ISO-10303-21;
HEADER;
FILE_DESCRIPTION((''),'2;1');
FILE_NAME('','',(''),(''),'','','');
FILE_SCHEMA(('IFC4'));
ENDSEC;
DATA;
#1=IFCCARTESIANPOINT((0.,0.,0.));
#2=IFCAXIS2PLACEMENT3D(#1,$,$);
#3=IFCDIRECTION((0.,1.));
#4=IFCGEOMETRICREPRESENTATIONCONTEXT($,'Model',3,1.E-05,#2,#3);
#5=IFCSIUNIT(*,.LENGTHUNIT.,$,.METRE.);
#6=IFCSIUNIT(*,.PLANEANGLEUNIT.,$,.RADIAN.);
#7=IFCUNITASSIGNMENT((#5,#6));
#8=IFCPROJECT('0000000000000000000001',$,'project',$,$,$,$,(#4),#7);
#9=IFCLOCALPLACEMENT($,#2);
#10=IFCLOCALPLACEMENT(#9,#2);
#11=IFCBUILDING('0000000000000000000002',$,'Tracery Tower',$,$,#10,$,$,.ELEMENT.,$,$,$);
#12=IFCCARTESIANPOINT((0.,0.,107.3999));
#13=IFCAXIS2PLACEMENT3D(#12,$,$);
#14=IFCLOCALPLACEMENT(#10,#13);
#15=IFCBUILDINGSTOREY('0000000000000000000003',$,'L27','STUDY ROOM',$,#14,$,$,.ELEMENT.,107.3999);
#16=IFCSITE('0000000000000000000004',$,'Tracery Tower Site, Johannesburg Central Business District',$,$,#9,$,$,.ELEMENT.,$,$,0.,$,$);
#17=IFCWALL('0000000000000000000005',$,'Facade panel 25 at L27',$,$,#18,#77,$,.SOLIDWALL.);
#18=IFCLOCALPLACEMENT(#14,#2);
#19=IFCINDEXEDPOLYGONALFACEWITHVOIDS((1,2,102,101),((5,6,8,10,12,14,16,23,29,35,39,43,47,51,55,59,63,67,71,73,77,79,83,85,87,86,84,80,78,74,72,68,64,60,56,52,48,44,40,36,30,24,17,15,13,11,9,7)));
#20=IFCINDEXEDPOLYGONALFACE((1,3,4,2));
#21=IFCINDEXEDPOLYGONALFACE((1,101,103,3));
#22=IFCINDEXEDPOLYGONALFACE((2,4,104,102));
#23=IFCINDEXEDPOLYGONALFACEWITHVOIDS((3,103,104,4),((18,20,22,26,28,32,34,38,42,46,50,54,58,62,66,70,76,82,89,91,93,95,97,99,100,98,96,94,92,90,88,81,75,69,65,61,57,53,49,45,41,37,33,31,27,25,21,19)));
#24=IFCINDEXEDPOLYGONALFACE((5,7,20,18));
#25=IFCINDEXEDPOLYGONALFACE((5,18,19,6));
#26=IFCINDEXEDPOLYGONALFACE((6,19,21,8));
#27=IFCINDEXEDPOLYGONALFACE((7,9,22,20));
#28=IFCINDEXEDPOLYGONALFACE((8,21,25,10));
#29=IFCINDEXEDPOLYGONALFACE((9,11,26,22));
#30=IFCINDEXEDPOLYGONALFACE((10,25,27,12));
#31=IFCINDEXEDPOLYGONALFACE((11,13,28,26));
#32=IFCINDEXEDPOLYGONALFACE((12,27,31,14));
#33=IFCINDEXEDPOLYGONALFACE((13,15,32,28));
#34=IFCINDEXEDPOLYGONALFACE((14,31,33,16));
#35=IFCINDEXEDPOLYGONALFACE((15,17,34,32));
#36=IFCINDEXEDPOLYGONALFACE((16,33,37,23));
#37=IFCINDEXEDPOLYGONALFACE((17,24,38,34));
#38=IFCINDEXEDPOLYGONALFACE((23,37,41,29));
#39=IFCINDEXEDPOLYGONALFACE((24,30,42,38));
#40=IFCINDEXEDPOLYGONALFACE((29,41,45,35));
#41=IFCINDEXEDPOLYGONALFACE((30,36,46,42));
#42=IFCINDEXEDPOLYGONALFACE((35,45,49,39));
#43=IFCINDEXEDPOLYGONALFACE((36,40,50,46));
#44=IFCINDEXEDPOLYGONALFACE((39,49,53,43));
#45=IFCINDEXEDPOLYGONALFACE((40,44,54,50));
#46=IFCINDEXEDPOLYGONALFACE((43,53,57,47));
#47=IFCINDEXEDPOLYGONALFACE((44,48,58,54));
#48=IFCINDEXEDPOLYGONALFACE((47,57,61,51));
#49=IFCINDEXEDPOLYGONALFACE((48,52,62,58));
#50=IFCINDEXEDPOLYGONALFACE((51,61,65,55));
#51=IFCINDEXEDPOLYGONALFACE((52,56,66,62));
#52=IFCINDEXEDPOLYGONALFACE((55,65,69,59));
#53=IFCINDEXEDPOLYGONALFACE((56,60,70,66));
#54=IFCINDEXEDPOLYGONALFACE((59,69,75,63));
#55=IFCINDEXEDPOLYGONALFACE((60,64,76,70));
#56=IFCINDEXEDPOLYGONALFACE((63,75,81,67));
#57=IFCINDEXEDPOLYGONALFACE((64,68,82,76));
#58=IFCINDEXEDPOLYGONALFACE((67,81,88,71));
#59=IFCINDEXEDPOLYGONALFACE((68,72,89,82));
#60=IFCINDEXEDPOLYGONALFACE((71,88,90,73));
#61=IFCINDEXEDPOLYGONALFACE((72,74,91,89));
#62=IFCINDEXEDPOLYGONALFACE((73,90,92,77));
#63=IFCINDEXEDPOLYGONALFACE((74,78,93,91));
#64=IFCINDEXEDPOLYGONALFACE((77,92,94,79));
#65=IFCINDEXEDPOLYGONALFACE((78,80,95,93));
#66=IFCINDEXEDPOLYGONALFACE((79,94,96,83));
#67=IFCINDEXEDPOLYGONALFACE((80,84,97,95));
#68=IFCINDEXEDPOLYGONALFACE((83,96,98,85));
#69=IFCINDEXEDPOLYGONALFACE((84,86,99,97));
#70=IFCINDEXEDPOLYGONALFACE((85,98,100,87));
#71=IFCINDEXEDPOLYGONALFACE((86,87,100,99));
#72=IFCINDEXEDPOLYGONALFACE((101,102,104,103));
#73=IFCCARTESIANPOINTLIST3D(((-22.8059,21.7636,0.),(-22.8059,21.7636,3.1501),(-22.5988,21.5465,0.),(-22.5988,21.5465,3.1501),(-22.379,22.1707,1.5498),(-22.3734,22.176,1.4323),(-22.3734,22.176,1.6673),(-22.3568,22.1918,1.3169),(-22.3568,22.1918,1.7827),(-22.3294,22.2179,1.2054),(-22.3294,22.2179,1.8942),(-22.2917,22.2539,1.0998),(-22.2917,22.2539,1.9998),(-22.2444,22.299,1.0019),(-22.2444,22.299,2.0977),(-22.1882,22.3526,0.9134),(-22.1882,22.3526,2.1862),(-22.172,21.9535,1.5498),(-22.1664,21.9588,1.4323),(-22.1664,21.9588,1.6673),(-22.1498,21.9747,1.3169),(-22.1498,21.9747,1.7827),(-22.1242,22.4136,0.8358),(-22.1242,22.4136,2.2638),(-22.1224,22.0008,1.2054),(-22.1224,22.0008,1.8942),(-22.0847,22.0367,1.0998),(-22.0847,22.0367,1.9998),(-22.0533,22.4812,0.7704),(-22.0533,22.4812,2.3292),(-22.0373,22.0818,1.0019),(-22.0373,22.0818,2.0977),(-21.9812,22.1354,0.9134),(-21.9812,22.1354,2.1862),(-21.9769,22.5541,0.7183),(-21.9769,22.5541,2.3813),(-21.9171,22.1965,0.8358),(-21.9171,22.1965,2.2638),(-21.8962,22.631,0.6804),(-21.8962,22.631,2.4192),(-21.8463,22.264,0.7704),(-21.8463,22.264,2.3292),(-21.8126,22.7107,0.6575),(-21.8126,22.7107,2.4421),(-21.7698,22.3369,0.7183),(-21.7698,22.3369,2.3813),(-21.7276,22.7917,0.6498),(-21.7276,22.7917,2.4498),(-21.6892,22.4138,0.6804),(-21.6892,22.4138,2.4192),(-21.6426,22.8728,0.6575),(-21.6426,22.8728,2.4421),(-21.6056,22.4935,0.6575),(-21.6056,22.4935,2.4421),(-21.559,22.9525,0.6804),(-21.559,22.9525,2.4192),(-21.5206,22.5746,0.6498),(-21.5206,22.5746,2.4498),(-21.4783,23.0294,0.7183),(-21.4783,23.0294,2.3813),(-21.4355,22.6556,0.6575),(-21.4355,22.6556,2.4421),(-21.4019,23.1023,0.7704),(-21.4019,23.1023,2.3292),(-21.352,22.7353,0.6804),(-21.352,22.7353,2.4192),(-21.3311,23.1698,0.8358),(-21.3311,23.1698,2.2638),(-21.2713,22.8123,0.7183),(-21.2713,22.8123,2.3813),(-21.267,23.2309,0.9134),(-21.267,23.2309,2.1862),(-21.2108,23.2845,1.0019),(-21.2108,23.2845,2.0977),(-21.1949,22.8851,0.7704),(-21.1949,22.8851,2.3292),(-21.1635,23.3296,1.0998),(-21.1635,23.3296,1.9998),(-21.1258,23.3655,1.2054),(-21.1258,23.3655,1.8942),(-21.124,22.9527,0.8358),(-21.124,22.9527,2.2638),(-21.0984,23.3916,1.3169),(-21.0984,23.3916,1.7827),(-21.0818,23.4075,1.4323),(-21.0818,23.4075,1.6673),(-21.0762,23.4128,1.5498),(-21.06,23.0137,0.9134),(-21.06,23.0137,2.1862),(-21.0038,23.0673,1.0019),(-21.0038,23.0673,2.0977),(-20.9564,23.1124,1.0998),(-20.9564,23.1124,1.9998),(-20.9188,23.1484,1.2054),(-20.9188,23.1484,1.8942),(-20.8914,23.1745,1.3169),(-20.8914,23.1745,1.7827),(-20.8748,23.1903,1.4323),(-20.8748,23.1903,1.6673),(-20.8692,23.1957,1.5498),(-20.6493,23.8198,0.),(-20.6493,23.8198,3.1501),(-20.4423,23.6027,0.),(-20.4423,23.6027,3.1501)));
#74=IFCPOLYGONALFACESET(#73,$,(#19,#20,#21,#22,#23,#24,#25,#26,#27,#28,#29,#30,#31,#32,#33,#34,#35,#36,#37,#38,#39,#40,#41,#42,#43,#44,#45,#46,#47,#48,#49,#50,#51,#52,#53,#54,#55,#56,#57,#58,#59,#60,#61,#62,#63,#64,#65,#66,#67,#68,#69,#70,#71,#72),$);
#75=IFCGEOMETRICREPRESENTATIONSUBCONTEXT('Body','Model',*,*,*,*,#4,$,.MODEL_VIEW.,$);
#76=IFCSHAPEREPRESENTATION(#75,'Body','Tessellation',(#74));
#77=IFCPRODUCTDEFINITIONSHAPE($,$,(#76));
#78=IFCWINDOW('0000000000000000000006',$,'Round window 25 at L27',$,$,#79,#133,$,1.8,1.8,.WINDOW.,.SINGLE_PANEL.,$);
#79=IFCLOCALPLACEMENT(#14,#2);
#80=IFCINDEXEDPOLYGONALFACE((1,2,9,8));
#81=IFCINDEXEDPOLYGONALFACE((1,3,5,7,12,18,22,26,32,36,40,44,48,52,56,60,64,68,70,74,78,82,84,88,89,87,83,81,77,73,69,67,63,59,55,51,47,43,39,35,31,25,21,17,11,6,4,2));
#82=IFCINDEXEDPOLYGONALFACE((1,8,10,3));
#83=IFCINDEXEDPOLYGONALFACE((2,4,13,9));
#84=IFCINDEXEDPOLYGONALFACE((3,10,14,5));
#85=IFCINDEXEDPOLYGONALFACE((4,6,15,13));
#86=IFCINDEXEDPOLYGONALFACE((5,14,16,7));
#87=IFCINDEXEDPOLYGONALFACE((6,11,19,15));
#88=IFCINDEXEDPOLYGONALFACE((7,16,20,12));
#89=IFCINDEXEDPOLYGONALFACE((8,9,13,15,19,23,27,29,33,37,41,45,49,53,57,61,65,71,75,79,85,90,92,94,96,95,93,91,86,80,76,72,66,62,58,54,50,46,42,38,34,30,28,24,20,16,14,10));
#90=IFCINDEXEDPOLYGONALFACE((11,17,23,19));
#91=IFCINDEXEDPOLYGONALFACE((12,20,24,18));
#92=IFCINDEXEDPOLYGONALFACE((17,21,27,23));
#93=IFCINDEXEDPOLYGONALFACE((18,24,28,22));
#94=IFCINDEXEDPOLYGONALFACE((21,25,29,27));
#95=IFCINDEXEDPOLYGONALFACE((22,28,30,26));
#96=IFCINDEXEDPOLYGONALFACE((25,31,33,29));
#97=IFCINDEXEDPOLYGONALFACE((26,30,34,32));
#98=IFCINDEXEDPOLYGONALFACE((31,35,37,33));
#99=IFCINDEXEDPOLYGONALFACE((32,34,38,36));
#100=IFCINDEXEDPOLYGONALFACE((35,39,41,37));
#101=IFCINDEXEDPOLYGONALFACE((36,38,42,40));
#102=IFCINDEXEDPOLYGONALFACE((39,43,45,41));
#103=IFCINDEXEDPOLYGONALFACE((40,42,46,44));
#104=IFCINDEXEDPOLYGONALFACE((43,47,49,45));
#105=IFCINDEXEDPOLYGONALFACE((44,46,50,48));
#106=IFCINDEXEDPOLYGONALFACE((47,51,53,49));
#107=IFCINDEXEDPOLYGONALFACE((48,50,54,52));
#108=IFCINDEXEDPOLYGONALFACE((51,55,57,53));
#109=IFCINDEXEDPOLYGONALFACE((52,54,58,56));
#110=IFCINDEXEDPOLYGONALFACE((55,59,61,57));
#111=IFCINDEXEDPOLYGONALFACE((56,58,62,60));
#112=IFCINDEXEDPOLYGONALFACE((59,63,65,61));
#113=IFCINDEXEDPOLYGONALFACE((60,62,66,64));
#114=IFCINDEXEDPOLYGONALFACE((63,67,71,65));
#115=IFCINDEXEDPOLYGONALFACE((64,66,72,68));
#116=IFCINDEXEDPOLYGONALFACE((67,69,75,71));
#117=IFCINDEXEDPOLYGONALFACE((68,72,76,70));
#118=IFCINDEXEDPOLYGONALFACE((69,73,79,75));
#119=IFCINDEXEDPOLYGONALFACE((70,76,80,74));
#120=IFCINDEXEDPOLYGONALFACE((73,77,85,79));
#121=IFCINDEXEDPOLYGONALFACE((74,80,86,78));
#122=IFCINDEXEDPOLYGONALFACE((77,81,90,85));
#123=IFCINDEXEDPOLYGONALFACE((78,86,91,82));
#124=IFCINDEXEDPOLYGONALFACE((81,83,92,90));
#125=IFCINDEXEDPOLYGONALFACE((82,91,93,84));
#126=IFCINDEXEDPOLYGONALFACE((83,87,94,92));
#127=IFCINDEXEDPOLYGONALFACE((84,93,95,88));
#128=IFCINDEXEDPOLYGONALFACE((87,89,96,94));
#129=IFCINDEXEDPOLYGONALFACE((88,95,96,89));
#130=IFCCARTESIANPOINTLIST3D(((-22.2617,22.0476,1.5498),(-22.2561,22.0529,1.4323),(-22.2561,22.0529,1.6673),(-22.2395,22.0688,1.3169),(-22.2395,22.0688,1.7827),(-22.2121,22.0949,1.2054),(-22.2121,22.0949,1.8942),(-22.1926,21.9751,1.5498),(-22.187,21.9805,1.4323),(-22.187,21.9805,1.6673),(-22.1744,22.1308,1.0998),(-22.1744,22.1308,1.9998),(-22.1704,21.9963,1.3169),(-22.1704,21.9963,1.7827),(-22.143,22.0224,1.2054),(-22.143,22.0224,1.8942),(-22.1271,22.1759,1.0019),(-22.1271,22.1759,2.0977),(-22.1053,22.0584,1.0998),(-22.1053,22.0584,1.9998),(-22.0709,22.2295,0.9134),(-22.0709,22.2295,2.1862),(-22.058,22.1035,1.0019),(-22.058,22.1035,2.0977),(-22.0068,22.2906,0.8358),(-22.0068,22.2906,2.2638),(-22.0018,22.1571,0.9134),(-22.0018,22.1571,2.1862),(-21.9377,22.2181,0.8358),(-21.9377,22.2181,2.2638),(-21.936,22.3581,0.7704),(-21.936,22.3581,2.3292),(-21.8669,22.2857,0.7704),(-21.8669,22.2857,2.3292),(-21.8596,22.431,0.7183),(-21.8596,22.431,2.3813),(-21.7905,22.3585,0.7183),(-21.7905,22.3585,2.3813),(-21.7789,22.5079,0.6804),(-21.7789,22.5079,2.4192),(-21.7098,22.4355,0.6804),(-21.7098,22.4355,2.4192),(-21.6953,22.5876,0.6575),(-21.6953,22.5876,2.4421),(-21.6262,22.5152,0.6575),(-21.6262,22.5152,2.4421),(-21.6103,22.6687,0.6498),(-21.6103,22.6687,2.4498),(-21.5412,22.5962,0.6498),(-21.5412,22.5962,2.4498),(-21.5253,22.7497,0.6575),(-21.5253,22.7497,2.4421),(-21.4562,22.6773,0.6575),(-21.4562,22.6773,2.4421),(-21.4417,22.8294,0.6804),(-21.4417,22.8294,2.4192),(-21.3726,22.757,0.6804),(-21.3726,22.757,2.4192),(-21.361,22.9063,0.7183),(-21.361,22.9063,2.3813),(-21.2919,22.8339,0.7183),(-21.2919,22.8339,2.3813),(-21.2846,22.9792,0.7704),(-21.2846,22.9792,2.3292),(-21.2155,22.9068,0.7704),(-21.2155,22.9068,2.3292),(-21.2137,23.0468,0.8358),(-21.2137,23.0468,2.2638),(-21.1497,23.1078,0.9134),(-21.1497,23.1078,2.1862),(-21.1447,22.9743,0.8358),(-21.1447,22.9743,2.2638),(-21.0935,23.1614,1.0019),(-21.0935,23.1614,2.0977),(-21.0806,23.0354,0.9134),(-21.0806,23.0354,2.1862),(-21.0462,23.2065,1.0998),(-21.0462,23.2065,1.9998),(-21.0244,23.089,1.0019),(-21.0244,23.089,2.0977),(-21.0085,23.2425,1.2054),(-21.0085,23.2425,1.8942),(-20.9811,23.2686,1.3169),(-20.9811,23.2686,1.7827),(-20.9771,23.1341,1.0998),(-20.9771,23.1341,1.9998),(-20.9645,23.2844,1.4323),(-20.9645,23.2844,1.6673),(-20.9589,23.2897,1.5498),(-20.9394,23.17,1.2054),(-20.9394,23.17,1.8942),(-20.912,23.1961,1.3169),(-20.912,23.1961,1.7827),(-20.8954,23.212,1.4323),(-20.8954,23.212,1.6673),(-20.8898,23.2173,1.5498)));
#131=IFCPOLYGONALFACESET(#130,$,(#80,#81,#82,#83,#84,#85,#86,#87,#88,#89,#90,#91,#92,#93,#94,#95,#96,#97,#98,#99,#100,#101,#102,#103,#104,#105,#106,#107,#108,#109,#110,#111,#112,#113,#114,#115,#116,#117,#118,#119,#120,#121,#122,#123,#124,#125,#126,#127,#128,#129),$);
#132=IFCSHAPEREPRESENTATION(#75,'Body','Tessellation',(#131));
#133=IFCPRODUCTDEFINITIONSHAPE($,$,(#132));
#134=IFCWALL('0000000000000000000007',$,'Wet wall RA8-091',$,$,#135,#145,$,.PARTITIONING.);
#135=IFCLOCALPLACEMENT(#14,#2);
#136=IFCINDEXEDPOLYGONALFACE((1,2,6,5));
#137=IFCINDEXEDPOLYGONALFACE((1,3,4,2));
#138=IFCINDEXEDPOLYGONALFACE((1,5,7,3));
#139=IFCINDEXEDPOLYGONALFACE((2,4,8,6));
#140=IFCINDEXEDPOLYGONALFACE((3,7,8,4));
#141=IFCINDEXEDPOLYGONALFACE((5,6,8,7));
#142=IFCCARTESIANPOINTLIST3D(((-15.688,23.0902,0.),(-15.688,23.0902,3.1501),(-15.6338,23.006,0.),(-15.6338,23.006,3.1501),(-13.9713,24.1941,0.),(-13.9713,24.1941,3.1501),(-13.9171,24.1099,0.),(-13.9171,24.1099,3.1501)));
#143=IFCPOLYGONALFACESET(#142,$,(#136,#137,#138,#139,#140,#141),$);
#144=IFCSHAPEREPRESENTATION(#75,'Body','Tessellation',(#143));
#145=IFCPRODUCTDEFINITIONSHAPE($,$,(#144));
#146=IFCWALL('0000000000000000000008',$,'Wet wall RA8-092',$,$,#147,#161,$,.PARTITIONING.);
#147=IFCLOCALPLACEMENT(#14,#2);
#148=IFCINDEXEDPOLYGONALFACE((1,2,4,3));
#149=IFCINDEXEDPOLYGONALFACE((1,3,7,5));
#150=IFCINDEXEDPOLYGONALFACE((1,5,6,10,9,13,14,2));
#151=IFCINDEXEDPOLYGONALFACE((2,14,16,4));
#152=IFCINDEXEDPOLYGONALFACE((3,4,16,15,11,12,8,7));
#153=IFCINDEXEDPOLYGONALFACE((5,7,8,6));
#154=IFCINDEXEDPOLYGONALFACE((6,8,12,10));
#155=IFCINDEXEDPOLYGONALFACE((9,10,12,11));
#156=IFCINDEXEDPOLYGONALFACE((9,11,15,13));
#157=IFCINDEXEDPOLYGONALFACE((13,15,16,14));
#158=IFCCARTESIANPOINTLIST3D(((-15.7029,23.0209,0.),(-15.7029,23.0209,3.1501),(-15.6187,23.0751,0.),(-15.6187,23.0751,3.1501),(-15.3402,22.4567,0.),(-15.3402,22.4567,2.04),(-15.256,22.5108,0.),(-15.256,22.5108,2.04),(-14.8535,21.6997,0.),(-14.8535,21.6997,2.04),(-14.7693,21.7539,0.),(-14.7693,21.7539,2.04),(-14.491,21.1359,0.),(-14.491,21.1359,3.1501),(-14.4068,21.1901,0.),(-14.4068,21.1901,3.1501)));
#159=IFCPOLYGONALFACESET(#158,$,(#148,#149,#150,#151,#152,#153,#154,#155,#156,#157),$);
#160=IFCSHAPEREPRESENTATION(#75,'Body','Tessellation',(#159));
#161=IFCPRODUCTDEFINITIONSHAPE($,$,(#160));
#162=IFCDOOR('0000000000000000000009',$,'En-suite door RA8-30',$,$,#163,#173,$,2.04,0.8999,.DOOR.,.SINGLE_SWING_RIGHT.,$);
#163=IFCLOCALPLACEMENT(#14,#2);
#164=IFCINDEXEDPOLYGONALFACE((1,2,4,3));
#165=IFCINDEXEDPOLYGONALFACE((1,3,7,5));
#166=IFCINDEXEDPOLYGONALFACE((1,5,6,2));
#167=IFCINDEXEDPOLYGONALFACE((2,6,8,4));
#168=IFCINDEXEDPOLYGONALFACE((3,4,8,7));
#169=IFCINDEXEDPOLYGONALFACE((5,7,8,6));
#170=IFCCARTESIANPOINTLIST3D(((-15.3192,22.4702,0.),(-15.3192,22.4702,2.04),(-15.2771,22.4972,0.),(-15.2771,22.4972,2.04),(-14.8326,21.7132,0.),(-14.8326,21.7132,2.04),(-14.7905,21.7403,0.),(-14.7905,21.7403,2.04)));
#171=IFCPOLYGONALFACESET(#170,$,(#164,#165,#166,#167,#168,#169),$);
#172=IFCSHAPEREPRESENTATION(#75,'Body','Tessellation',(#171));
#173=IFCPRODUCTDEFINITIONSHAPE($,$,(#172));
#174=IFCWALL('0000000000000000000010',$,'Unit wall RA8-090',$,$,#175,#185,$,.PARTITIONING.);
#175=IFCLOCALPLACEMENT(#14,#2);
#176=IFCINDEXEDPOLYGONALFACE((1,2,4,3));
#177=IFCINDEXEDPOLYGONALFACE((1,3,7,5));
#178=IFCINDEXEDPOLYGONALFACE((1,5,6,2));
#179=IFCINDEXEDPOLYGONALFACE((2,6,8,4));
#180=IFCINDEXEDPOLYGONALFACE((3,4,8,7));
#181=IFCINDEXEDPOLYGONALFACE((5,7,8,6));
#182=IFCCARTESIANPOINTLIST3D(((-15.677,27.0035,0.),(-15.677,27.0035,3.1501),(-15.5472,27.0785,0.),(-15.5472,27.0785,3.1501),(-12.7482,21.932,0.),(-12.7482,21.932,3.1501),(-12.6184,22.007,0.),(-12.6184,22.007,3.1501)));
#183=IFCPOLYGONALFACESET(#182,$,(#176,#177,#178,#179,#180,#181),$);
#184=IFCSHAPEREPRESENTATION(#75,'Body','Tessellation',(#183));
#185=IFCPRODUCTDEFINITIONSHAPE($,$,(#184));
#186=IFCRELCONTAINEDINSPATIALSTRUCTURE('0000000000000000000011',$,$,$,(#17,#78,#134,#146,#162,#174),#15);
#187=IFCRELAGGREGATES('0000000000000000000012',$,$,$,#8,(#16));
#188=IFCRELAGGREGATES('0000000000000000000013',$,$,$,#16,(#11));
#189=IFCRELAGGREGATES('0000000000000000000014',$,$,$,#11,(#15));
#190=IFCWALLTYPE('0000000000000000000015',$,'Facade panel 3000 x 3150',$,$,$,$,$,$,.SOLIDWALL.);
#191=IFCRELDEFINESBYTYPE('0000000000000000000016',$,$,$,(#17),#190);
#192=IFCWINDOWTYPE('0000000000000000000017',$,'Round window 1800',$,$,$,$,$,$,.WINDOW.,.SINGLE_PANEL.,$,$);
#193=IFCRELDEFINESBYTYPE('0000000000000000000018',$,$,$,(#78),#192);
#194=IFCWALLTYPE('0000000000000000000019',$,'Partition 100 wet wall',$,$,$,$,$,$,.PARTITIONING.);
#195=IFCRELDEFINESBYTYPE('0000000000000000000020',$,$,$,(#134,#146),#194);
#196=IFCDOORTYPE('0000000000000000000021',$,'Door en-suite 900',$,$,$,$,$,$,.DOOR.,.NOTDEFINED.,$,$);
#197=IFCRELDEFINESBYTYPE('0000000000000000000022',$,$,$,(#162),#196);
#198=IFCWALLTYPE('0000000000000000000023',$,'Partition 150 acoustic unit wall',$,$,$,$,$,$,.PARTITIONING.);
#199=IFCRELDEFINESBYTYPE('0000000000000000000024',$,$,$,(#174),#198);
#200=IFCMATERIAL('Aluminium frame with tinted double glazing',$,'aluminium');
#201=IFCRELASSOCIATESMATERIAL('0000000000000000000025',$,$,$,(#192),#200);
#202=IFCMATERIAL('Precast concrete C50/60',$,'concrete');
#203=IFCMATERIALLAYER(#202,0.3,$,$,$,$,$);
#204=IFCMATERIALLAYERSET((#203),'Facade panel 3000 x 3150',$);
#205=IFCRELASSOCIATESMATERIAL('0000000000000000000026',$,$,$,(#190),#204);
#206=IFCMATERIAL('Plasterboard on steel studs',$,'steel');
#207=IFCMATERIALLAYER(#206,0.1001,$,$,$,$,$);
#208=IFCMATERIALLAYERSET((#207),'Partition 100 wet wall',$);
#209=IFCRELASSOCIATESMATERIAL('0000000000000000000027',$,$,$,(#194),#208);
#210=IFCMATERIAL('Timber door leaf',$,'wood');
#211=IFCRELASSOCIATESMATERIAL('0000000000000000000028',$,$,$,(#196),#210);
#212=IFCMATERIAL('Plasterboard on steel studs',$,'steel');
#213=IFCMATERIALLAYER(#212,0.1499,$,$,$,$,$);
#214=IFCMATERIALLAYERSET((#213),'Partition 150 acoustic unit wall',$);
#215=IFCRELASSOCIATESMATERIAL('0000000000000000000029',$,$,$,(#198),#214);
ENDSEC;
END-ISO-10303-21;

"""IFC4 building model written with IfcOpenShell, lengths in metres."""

from ifc_helpers import new_model, si_unit, direction, frame, frame_2d, origin, origin_2d, place, context, subcontext, project, spatial, rectangle, circle, extrude, material, layer, layer_set, type_object, element, fill, save


model = new_model("IFC4")

# Units and contexts
model_context = context("Model", 3, precision=1e-05, world=origin(), true_north=direction((0.0, 1.0)))
body_context = subcontext(model_context, "Body", "Model", "MODEL_VIEW")
ifc_project = project(units=[si_unit("LENGTHUNIT", "METRE"), si_unit("PLANEANGLEUNIT", "RADIAN")], contexts=[model_context])

# Site, building, storey
site_placement = place(None, origin())
site = spatial("IfcSite", under=ifc_project, at=site_placement, Name="Tracery Tower Site, Johannesburg Central Business District", CompositionType="ELEMENT", RefElevation=0.0)
building_placement = place(site_placement, origin())
building = spatial("IfcBuilding", under=site, at=building_placement, Name="Tracery Tower", CompositionType="ELEMENT")
storey_placement = place(building_placement, frame((0.0, 0.0, 107.3999)))
storey = spatial("IfcBuildingStorey", under=building, at=storey_placement, Name="L27", Description="STUDY ROOM", CompositionType="ELEMENT", Elevation=107.3999)

# Wall, opening, window
ifc_material_1 = material(Name="Aluminium frame with tinted double glazing", Category="aluminium")
window_type = type_object("IfcWindowType", Name="Round window 1800", PartitioningType="SINGLE_PANEL", PredefinedType="WINDOW", material=ifc_material_1)
ifc_material_2 = material(Name="Precast concrete C50/60", Category="concrete")
ifc_layer_1 = layer(ifc_material_2, 0.3)
ifc_layer_set_1 = layer_set([ifc_layer_1], Name="Facade panel 3000 x 3150")
wall_type_1 = type_object("IfcWallType", Name="Facade panel 3000 x 3150", PredefinedType="SOLIDWALL", material=ifc_layer_set_1)
wall_1_placement = place(storey_placement, frame((-20.5459, 23.7112, 0.0), z_axis=(0.0, 0.0, 1.0), x_axis=(-0.723744, -0.690068, 0.0)))
wall_1 = element("IfcWall", 1, at=wall_1_placement, inside=storey, type_object=wall_type_1, Name="Facade panel 25 at L27", PredefinedType="SOLIDWALL", context=body_context, shape_type="SweptSolid", body=[
    extrude(rectangle(XDim=2.9797, YDim=0.3, at=frame_2d((1.4897, 0.0))), origin(), (0.0, 0.0, 1.0), 3.1501),
])
opening_1_placement = place(wall_1_placement, frame((1.4897, 0.0, 1.5498)))
opening_1 = element("IfcOpeningElement", 2, at=opening_1_placement, cuts=wall_1, PredefinedType="OPENING", context=body_context, shape_type="SweptSolid", body=[
    extrude(circle(Radius=0.9, at=origin_2d()), frame((0.0, 0.1599, 0.0), z_axis=(0.0, -1.0, 0.0), x_axis=(1.0, 0.0, 0.0)), (0.0, 0.0, 1.0), 0.3201),
])
window_1_placement = place(opening_1_placement, origin())
window_1 = element("IfcWindow", 3, at=window_1_placement, inside=storey, type_object=window_type, Name="Round window 25 at L27", OverallHeight=1.8, OverallWidth=1.8, PartitioningType="SINGLE_PANEL", PredefinedType="WINDOW", context=body_context, shape_type="SweptSolid", body=[
    extrude(circle(Radius=0.9, at=origin_2d()), frame((0.0, 0.1201, 0.0), z_axis=(0.0, -1.0, 0.0), x_axis=(1.0, 0.0, 0.0)), (0.0, 0.0, 1.0), 0.1001),
])
fill(opening_1, window_1)

# Wall
ifc_material_3 = material(Name="Plasterboard on steel studs", Category="steel")
ifc_layer_2 = layer(ifc_material_3, 0.1001)
ifc_layer_set_2 = layer_set([ifc_layer_2], Name="Partition 100 wet wall")
wall_type_2 = type_object("IfcWallType", Name="Partition 100 wet wall", PredefinedType="PARTITIONING", material=ifc_layer_set_2)
wall_2_placement = place(storey_placement, frame((-15.6609, 23.0481, 0.0), z_axis=(0.0, 0.0, 1.0), x_axis=(0.841101, 0.540878, 0.0)))
element("IfcWall", 4, at=wall_2_placement, inside=storey, type_object=wall_type_2, Name="Wet wall RA8-091", PredefinedType="PARTITIONING", context=body_context, shape_type="SweptSolid", body=[
    extrude(rectangle(XDim=2.041, YDim=0.1001, at=frame_2d((1.0205, 0.0))), origin(), (0.0, 0.0, 1.0), 3.1501),
])

# Wall, opening, door
wall_3_placement = place(storey_placement, frame((-15.6609, 23.0481, 0.0), z_axis=(0.0, 0.0, 1.0), x_axis=(0.540796, -0.841154, 0.0)))
wall_3 = element("IfcWall", 5, at=wall_3_placement, inside=storey, type_object=wall_type_2, Name="Wet wall RA8-092", PredefinedType="PARTITIONING", context=body_context, shape_type="SweptSolid", body=[
    extrude(rectangle(XDim=2.241, YDim=0.1001, at=frame_2d((1.1206, 0.0))), origin(), (0.0, 0.0, 1.0), 3.1501),
])
opening_2_placement = place(wall_3_placement, frame((0.6709, 0.0, 0.0)))
opening_2 = element("IfcOpeningElement", 6, at=opening_2_placement, cuts=wall_3, PredefinedType="OPENING", context=body_context, shape_type="SweptSolid", body=[
    extrude(rectangle(XDim=0.8999, YDim=2.04, at=frame_2d((0.45, 1.02))), frame((0.0, 0.05, 0.0), z_axis=(0.0, -1.0, 0.0), x_axis=(1.0, 0.0, 0.0)), (0.0, 0.0, 1.0), 0.1001),
])
ifc_material_4 = material(Name="Timber door leaf", Category="wood")
door_type_1 = type_object("IfcDoorType", Name="Door en-suite 900", OperationType="NOTDEFINED", PredefinedType="DOOR", material=ifc_material_4)
door_1_placement = place(opening_2_placement, origin())
door_1 = element("IfcDoor", 7, at=door_1_placement, inside=storey, type_object=door_type_1, Name="En-suite door RA8-30", OperationType="SINGLE_SWING_RIGHT", OverallHeight=2.04, OverallWidth=0.8999, PredefinedType="DOOR", context=body_context, shape_type="SweptSolid", body=[
    extrude(rectangle(XDim=0.8999, YDim=2.04, at=frame_2d((0.45, 1.02))), frame((0.0, 0.0249, 0.0), z_axis=(0.0, -1.0, 0.0), x_axis=(1.0, 0.0, 0.0)), (0.0, 0.0, 1.0), 0.05),
])
fill(opening_2, door_1)

# Wall
ifc_material_5 = material(Name="Plasterboard on steel studs", Category="steel")
ifc_layer_3 = layer(ifc_material_5, 0.1499)
ifc_layer_set_3 = layer_set([ifc_layer_3], Name="Partition 150 acoustic unit wall")
wall_type_3 = type_object("IfcWallType", Name="Partition 150 acoustic unit wall", PredefinedType="PARTITIONING", material=ifc_layer_set_3)
wall_4_placement = place(storey_placement, frame((-15.6121, 27.041, 0.0), z_axis=(0.0, 0.0, 1.0), x_axis=(0.500085, -0.865977, 0.0)))
element("IfcWall", 8, at=wall_4_placement, inside=storey, type_object=wall_type_3, Name="Unit wall RA8-090", PredefinedType="PARTITIONING", context=body_context, shape_type="SweptSolid", body=[
    extrude(rectangle(XDim=5.8564, YDim=0.1499, at=frame_2d((2.9282, 0.0))), origin(), (0.0, 0.0, 1.0), 3.1501),
])

save(model, "model.ifc")
